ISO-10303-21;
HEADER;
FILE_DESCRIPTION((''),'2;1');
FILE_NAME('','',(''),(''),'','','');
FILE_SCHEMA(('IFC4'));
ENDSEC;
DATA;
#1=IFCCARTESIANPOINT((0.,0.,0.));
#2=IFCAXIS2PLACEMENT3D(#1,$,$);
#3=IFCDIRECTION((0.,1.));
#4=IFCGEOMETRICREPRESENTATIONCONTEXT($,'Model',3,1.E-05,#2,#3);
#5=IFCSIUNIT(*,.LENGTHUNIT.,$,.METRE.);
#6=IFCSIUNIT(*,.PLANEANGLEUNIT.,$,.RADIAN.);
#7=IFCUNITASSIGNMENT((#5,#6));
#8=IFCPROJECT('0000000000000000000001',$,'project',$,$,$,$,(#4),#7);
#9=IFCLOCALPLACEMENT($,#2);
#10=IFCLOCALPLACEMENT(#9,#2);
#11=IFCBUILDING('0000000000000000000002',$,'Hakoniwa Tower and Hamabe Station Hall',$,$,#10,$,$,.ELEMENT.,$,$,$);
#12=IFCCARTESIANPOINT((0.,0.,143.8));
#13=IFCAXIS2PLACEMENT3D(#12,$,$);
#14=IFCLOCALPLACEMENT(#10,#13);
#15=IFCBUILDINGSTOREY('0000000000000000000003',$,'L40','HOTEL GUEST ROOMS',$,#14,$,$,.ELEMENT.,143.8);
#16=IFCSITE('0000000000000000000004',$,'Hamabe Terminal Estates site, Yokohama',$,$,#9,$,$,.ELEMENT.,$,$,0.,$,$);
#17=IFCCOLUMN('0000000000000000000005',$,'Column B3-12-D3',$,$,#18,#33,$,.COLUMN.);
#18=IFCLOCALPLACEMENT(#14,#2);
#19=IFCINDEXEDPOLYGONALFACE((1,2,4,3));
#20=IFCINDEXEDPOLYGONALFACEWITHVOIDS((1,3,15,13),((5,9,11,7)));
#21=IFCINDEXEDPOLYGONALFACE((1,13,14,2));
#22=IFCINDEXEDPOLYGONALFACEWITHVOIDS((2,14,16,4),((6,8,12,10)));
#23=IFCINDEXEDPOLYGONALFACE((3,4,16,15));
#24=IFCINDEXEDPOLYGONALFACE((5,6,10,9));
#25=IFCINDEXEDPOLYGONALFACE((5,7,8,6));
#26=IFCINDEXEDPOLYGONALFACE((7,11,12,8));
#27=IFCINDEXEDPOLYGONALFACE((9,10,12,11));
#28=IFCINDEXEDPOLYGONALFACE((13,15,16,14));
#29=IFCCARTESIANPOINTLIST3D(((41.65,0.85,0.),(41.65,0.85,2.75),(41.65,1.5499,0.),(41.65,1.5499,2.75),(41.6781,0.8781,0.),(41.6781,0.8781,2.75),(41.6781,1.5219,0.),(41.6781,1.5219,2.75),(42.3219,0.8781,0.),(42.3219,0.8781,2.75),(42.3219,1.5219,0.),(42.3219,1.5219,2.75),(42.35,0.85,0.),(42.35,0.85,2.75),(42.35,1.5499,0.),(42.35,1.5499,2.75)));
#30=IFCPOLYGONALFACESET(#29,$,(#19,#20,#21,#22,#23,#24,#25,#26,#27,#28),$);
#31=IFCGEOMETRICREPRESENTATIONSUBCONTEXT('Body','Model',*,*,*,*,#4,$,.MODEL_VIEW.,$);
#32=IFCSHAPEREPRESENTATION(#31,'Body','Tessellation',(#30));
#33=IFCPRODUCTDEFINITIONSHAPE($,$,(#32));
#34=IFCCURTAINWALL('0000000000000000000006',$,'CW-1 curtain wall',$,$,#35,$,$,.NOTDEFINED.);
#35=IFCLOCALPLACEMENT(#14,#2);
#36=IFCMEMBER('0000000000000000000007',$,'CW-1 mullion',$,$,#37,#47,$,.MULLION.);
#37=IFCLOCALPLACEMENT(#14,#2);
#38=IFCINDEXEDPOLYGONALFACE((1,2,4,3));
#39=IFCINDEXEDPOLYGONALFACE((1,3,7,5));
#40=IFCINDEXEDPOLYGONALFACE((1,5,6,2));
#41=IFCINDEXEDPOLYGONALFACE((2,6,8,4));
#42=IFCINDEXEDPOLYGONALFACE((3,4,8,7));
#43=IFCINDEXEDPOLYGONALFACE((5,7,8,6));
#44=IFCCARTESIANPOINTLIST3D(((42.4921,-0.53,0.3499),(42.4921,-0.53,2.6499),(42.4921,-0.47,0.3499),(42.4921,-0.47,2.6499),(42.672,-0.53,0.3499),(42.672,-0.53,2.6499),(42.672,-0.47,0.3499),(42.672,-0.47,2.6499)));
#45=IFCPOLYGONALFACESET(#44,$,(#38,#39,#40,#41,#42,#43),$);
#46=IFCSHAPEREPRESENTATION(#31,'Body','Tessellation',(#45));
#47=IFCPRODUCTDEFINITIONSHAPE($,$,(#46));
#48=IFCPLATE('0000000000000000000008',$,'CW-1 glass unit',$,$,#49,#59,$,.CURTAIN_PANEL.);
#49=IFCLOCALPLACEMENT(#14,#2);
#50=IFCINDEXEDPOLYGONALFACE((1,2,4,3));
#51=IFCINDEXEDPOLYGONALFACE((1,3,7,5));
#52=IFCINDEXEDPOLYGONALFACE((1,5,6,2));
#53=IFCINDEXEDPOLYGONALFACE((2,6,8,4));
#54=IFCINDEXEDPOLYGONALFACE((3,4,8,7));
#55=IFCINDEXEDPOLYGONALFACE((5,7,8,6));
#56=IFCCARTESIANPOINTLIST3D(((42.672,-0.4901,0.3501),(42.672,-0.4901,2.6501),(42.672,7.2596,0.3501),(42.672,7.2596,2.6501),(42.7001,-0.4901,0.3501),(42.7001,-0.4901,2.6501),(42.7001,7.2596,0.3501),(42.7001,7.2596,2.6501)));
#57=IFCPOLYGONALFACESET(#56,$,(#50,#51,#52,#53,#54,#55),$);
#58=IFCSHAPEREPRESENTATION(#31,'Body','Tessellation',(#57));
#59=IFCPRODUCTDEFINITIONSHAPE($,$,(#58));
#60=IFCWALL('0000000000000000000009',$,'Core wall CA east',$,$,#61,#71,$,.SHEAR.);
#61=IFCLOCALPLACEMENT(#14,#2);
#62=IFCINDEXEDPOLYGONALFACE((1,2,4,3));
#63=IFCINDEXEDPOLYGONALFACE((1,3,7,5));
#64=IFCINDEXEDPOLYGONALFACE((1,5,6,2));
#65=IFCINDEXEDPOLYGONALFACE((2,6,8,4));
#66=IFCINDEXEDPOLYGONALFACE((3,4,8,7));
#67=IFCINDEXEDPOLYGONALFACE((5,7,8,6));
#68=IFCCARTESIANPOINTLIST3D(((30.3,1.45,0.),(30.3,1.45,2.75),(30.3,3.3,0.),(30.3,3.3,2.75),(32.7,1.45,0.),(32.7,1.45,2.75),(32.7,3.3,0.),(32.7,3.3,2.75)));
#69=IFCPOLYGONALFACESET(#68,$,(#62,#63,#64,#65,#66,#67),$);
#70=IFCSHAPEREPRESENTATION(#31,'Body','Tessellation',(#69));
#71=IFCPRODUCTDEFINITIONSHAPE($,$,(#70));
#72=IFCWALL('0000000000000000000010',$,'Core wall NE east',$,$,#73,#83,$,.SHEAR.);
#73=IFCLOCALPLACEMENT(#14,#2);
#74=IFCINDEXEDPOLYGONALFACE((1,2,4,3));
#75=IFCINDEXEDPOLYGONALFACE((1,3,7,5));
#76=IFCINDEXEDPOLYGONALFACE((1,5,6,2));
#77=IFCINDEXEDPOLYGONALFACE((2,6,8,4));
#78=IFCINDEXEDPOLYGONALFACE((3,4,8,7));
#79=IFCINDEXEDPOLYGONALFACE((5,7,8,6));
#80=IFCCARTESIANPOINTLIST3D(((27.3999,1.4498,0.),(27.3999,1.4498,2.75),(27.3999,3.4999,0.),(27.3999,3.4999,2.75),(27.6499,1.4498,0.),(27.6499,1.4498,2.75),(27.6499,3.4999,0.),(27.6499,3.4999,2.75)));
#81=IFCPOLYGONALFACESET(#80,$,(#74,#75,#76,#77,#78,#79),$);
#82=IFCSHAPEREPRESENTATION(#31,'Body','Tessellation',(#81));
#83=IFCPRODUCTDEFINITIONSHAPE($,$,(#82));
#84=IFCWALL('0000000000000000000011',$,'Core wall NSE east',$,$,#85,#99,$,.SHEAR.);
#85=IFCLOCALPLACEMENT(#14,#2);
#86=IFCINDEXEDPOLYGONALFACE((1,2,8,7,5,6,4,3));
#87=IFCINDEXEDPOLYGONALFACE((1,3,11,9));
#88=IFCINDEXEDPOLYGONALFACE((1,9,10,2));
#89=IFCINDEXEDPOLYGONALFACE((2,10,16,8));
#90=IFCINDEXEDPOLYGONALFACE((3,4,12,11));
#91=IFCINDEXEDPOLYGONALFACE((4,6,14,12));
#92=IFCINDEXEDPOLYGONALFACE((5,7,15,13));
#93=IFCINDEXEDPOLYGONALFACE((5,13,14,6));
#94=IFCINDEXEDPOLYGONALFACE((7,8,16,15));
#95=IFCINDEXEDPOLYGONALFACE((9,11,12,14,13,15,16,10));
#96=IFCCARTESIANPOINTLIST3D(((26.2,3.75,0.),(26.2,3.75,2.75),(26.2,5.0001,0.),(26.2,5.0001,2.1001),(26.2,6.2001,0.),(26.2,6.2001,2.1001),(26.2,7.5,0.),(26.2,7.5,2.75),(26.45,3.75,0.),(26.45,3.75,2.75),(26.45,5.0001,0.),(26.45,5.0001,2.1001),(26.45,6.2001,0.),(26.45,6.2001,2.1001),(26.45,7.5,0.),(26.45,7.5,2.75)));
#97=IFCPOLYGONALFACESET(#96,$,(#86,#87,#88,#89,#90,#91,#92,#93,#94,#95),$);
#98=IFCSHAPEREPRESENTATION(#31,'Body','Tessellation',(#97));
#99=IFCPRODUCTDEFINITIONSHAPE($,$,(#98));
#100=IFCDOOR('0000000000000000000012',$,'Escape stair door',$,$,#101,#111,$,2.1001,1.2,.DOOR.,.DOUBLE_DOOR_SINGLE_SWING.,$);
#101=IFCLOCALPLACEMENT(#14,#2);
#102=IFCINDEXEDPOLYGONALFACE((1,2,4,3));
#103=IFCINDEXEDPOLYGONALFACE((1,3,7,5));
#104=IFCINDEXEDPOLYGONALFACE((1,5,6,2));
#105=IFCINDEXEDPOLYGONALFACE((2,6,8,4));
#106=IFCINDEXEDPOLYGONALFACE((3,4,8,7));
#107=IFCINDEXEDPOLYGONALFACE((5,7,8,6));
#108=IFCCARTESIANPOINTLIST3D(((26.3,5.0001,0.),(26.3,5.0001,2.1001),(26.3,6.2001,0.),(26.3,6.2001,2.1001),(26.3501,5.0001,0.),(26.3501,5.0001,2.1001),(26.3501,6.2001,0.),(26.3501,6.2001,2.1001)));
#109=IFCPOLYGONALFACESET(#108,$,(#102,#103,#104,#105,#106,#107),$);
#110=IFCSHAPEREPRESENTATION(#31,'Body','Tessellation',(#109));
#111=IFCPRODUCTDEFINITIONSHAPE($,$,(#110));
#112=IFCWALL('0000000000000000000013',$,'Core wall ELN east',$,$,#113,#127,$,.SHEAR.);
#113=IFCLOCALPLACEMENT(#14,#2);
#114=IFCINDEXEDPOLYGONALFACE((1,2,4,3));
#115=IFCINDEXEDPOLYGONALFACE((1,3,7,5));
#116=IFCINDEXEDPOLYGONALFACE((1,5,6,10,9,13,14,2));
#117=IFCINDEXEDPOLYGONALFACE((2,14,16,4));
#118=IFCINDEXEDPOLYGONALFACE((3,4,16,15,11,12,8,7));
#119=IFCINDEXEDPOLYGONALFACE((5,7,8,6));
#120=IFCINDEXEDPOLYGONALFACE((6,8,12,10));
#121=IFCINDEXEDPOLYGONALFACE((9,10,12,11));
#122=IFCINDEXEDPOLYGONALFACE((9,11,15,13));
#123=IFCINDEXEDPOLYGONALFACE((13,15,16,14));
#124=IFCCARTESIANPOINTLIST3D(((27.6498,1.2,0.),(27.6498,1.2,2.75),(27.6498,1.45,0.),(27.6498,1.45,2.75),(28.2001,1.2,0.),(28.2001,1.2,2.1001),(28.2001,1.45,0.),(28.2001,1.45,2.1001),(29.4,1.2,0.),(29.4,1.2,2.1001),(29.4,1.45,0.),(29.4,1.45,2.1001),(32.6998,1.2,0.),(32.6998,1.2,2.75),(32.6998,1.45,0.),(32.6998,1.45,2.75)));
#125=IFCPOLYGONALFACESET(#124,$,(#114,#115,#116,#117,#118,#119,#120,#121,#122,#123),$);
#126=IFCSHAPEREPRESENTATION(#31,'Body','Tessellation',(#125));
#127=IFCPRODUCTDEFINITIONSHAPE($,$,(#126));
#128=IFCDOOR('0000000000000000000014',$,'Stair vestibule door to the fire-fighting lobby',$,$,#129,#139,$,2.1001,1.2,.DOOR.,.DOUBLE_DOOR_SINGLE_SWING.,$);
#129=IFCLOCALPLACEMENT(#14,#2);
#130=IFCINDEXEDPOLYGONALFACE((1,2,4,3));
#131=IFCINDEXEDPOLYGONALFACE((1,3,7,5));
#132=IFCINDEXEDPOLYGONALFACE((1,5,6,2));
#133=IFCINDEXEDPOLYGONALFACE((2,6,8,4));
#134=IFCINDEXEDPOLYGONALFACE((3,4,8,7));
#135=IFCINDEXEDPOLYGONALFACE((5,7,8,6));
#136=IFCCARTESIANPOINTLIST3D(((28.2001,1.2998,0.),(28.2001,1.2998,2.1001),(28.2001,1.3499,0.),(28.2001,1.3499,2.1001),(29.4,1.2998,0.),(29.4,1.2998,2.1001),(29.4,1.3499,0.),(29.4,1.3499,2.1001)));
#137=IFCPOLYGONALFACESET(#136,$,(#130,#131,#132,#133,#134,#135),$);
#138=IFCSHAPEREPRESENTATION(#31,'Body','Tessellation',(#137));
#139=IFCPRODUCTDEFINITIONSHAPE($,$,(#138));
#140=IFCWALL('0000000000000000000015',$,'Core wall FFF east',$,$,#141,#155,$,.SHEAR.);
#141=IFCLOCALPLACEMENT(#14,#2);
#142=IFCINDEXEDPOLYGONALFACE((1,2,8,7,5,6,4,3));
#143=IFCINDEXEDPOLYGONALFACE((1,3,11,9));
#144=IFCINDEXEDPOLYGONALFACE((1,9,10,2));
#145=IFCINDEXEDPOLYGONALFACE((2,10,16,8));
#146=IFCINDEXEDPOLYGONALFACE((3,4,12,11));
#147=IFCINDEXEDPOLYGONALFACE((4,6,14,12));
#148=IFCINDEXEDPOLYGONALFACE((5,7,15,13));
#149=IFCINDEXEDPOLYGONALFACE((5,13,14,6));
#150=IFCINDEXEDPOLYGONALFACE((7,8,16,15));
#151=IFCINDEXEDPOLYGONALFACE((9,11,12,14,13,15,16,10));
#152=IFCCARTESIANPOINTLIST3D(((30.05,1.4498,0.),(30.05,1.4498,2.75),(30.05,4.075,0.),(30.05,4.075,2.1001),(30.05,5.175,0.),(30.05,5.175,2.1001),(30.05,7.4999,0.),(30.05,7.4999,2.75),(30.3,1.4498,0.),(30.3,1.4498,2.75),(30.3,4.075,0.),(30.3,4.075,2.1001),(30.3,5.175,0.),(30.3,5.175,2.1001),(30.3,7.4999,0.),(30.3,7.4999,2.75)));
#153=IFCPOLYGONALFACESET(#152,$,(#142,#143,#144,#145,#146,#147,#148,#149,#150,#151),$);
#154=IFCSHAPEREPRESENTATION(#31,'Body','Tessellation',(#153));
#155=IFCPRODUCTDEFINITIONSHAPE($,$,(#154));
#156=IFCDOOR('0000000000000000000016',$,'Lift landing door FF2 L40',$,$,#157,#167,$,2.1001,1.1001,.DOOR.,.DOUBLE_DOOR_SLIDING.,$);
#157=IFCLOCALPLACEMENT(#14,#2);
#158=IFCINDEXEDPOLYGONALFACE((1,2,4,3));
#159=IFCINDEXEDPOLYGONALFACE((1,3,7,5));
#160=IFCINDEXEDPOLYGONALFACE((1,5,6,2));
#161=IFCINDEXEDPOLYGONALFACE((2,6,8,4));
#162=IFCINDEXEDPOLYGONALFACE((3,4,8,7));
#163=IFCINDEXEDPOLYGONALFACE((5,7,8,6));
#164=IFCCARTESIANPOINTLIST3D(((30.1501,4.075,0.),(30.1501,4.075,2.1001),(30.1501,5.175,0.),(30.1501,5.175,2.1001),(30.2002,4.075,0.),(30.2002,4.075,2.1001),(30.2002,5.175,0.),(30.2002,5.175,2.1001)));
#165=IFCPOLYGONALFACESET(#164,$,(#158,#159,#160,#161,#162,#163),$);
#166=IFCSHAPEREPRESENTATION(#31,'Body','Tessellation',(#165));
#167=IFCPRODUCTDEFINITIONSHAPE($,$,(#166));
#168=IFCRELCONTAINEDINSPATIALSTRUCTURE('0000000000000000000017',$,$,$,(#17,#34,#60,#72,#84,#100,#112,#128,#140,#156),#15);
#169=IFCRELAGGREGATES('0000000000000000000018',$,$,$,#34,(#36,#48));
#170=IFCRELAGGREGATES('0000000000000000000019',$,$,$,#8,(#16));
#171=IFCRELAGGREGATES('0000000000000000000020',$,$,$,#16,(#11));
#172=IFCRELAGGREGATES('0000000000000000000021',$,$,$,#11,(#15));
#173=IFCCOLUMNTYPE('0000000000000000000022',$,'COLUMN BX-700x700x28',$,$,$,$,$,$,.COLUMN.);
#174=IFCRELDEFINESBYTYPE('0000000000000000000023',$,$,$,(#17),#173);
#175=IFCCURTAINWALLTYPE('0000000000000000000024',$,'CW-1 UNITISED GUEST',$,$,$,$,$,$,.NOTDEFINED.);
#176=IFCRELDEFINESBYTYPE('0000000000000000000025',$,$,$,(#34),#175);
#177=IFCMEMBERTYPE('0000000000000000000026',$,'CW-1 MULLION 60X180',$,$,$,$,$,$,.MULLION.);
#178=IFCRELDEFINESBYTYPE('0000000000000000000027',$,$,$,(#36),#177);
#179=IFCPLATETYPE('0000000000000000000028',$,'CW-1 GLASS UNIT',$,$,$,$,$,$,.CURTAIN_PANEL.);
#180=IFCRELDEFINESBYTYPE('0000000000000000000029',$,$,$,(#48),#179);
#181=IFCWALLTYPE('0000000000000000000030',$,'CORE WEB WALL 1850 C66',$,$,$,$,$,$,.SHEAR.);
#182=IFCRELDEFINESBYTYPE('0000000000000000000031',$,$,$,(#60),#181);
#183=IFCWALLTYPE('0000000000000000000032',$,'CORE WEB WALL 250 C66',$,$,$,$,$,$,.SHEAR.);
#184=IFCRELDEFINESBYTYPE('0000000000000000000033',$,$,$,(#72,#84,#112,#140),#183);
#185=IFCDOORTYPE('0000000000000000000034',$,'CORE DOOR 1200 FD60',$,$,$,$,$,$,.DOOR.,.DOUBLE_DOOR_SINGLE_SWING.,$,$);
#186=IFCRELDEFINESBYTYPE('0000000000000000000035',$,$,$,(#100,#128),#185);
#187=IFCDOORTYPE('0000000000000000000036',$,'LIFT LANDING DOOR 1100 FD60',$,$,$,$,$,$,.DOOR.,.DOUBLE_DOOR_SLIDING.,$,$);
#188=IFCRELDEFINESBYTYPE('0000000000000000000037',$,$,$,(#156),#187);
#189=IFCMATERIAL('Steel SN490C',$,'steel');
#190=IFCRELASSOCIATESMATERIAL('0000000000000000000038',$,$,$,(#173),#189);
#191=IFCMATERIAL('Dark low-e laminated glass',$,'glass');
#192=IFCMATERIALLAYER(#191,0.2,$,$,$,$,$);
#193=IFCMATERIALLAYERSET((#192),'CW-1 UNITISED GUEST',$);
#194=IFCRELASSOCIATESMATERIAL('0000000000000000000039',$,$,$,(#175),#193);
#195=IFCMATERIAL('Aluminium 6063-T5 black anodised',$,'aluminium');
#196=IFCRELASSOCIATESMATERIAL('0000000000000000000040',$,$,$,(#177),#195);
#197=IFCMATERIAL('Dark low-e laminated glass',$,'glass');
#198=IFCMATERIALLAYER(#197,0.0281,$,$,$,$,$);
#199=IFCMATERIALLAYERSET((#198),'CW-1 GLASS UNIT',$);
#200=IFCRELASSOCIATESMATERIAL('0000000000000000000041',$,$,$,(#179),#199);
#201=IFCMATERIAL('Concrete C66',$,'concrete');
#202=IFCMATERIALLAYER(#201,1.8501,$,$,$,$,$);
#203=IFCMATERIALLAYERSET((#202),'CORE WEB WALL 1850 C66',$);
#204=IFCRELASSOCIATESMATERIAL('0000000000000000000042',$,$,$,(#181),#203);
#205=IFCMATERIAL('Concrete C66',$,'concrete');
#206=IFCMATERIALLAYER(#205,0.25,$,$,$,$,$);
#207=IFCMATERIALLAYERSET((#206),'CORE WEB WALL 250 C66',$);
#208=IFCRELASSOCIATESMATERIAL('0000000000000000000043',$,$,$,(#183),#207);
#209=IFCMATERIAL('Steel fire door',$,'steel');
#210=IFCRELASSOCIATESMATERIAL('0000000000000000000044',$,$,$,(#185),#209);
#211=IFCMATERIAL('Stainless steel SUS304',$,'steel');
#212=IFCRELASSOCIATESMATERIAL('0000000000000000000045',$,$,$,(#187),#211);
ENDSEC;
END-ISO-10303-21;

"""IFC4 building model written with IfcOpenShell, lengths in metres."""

from ifc_helpers import new_model, si_unit, direction, frame, frame_2d, origin, origin_2d, place, context, subcontext, project, spatial, rectangle, hollow_rectangle, extrude, material, layer, layer_set, material_profile, profile_set, type_object, element, fill, aggregate, save


model = new_model("IFC4")

# Units and contexts
model_context = context("Model", 3, precision=1e-05, world=origin(), true_north=direction((0.0, 1.0)))
body_context = subcontext(model_context, "Body", "Model", "MODEL_VIEW")
ifc_project = project(units=[si_unit("LENGTHUNIT", "METRE"), si_unit("PLANEANGLEUNIT", "RADIAN")], contexts=[model_context])

# Site, building, storey
site_placement = place(None, origin())
site = spatial("IfcSite", under=ifc_project, at=site_placement, Name="Hamabe Terminal Estates site, Yokohama", CompositionType="ELEMENT", RefElevation=0.0)
building_placement = place(site_placement, origin())
building = spatial("IfcBuilding", under=site, at=building_placement, Name="Hakoniwa Tower and Hamabe Station Hall", CompositionType="ELEMENT")
storey_placement = place(building_placement, frame((0.0, 0.0, 143.8)))
storey = spatial("IfcBuildingStorey", under=building, at=storey_placement, Name="L40", Description="HOTEL GUEST ROOMS", CompositionType="ELEMENT", Elevation=143.8)

# Column
ifc_material_1 = material(Name="Steel SN490C", Category="steel")
ifc_material_profile_1 = material_profile(ifc_material_1, hollow_rectangle(XDim=0.7, YDim=0.7, WallThickness=0.0281, at=origin_2d()), Name="BX-700x700x28")
ifc_profile_set_1 = profile_set([ifc_material_profile_1], Name="Steel SN490C")
column_type = type_object("IfcColumnType", Name="COLUMN BX-700x700x28", PredefinedType="COLUMN", material=ifc_profile_set_1)
column_placement = place(storey_placement, frame((42.0, 1.2, 0.0), z_axis=(0.0, 0.0, 1.0), x_axis=(1.0, 0.0, 0.0)))
element("IfcColumn", 1, at=column_placement, inside=storey, type_object=column_type, Name="Column B3-12-D3", PredefinedType="COLUMN", context=body_context, shape_type="SweptSolid", body=[
    extrude(hollow_rectangle(XDim=0.7, YDim=0.7, WallThickness=0.0281, at=origin_2d()), origin(), (0.0, 0.0, 1.0), 2.75),
])

# Curtain wall, member, plate
ifc_material_2 = material(Name="Dark low-e laminated glass", Category="glass")
ifc_layer_1 = layer(ifc_material_2, 0.2)
ifc_layer_set_1 = layer_set([ifc_layer_1], Name="CW-1 UNITISED GUEST")
curtain_wall_type = type_object("IfcCurtainWallType", Name="CW-1 UNITISED GUEST", PredefinedType="NOTDEFINED", material=ifc_layer_set_1)
curtain_wall_placement = place(storey_placement, origin())
curtain_wall = element("IfcCurtainWall", 2, at=curtain_wall_placement, inside=storey, type_object=curtain_wall_type, Name="CW-1 curtain wall", PredefinedType="NOTDEFINED")
ifc_material_3 = material(Name="Aluminium 6063-T5 black anodised", Category="aluminium")
ifc_material_profile_2 = material_profile(ifc_material_3, rectangle(XDim=0.0601, YDim=0.1799, at=origin_2d()), Name="CW-1 MULLION 60X180")
ifc_profile_set_2 = profile_set([ifc_material_profile_2], Name="Aluminium 6063-T5 black anodised")
member_type = type_object("IfcMemberType", Name="CW-1 MULLION 60X180", PredefinedType="MULLION", material=ifc_profile_set_2)
member_placement = place(storey_placement, frame((42.582, -0.5, 0.3499), z_axis=(0.0, 0.0, 1.0), x_axis=(0.0, 1.0, 0.0)))
member = element("IfcMember", 3, at=member_placement, type_object=member_type, Name="CW-1 mullion", PredefinedType="MULLION", context=body_context, shape_type="SweptSolid", body=[
    extrude(rectangle(XDim=0.0601, YDim=0.1799, at=origin_2d()), origin(), (0.0, 0.0, 1.0), 2.3),
])
ifc_material_4 = material(Name="Dark low-e laminated glass", Category="glass")
ifc_layer_2 = layer(ifc_material_4, 0.0281)
ifc_layer_set_2 = layer_set([ifc_layer_2], Name="CW-1 GLASS UNIT")
plate_type = type_object("IfcPlateType", Name="CW-1 GLASS UNIT", PredefinedType="CURTAIN_PANEL", material=ifc_layer_set_2)
plate_placement = place(storey_placement, frame((42.686, 3.3848, 0.3501), z_axis=(0.0, 0.0, 1.0), x_axis=(0.0, 1.0, 0.0)))
plate = element("IfcPlate", 4, at=plate_placement, type_object=plate_type, Name="CW-1 glass unit", PredefinedType="CURTAIN_PANEL", context=body_context, shape_type="SweptSolid", body=[
    extrude(rectangle(XDim=7.7498, YDim=0.0281, at=origin_2d()), origin(), (0.0, 0.0, 1.0), 2.3),
])
aggregate(curtain_wall, [member, plate])

# Walls
ifc_material_5 = material(Name="Concrete C66", Category="concrete")
ifc_layer_3 = layer(ifc_material_5, 1.8501)
ifc_layer_set_3 = layer_set([ifc_layer_3], Name="CORE WEB WALL 1850 C66")
wall_type_1 = type_object("IfcWallType", Name="CORE WEB WALL 1850 C66", PredefinedType="SHEAR", material=ifc_layer_set_3)
wall_1_placement = place(storey_placement, frame((30.3, 2.375, 0.0), z_axis=(0.0, 0.0, 1.0), x_axis=(1.0, 0.0, 0.0)))
element("IfcWall", 5, at=wall_1_placement, inside=storey, type_object=wall_type_1, Name="Core wall CA east", PredefinedType="SHEAR", context=body_context, shape_type="SweptSolid", body=[
    extrude(rectangle(XDim=2.3999, YDim=1.8501, at=frame_2d((1.2, 0.0))), origin(), (0.0, 0.0, 1.0), 2.75),
])
ifc_material_6 = material(Name="Concrete C66", Category="concrete")
ifc_layer_4 = layer(ifc_material_6, 0.25)
ifc_layer_set_4 = layer_set([ifc_layer_4], Name="CORE WEB WALL 250 C66")
wall_type_2 = type_object("IfcWallType", Name="CORE WEB WALL 250 C66", PredefinedType="SHEAR", material=ifc_layer_set_4)
wall_2_placement = place(storey_placement, frame((27.5249, 1.45, 0.0), z_axis=(0.0, 0.0, 1.0), x_axis=(0.0, 1.0, 0.0)))
element("IfcWall", 6, at=wall_2_placement, inside=storey, type_object=wall_type_2, Name="Core wall NE east", PredefinedType="SHEAR", context=body_context, shape_type="SweptSolid", body=[
    extrude(rectangle(XDim=2.05, YDim=0.25, at=frame_2d((1.0249, 0.0))), origin(), (0.0, 0.0, 1.0), 2.75),
])

# Walls, openings, doors
wall_3_placement = place(storey_placement, frame((26.325, 3.75, 0.0), z_axis=(0.0, 0.0, 1.0), x_axis=(0.0, 1.0, 0.0)))
wall_3 = element("IfcWall", 7, at=wall_3_placement, inside=storey, type_object=wall_type_2, Name="Core wall NSE east", PredefinedType="SHEAR", context=body_context, shape_type="SweptSolid", body=[
    extrude(rectangle(XDim=3.75, YDim=0.25, at=frame_2d((1.875, 0.0))), origin(), (0.0, 0.0, 1.0), 2.75),
])
opening_1_placement = place(wall_3_placement, frame((1.25, 0.0, 0.0)))
opening_1 = element("IfcOpeningElement", 8, at=opening_1_placement, cuts=wall_3, PredefinedType="OPENING", context=body_context, shape_type="SweptSolid", body=[
    extrude(rectangle(XDim=1.2, YDim=2.1001, at=frame_2d((0.6001, 1.05))), frame((0.0, 0.135, 0.0), z_axis=(0.0, -1.0, 0.0), x_axis=(1.0, 0.0, 0.0)), (0.0, 0.0, 1.0), 0.27),
])
ifc_material_7 = material(Name="Steel fire door", Category="steel")
door_type_1 = type_object("IfcDoorType", Name="CORE DOOR 1200 FD60", OperationType="DOUBLE_DOOR_SINGLE_SWING", PredefinedType="DOOR", material=ifc_material_7)
door_1_placement = place(opening_1_placement, origin())
door_1 = element("IfcDoor", 9, at=door_1_placement, inside=storey, type_object=door_type_1, Name="Escape stair door", OperationType="DOUBLE_DOOR_SINGLE_SWING", OverallHeight=2.1001, OverallWidth=1.2, PredefinedType="DOOR", context=body_context, shape_type="SweptSolid", body=[
    extrude(rectangle(XDim=1.2, YDim=2.1001, at=frame_2d((0.6001, 1.05))), frame((0.0, 0.0249, 0.0), z_axis=(0.0, -1.0, 0.0), x_axis=(1.0, 0.0, 0.0)), (0.0, 0.0, 1.0), 0.05),
])
fill(opening_1, door_1)
wall_4_placement = place(storey_placement, frame((27.6499, 1.325, 0.0), z_axis=(0.0, 0.0, 1.0), x_axis=(1.0, 0.0, 0.0)))
wall_4 = element("IfcWall", 10, at=wall_4_placement, inside=storey, type_object=wall_type_2, Name="Core wall ELN east", PredefinedType="SHEAR", context=body_context, shape_type="SweptSolid", body=[
    extrude(rectangle(XDim=5.05, YDim=0.25, at=frame_2d((2.5249, 0.0))), origin(), (0.0, 0.0, 1.0), 2.75),
])
opening_2_placement = place(wall_4_placement, frame((0.55, 0.0, 0.0)))
opening_2 = element("IfcOpeningElement", 11, at=opening_2_placement, cuts=wall_4, PredefinedType="OPENING", context=body_context, shape_type="SweptSolid", body=[
    extrude(rectangle(XDim=1.2, YDim=2.1001, at=frame_2d((0.6001, 1.05))), frame((0.0, 0.135, 0.0), z_axis=(0.0, -1.0, 0.0), x_axis=(1.0, 0.0, 0.0)), (0.0, 0.0, 1.0), 0.27),
])
door_2_placement = place(opening_2_placement, origin())
door_2 = element("IfcDoor", 12, at=door_2_placement, inside=storey, type_object=door_type_1, Name="Stair vestibule door to the fire-fighting lobby", OperationType="DOUBLE_DOOR_SINGLE_SWING", OverallHeight=2.1001, OverallWidth=1.2, PredefinedType="DOOR", context=body_context, shape_type="SweptSolid", body=[
    extrude(rectangle(XDim=1.2, YDim=2.1001, at=frame_2d((0.6001, 1.05))), frame((0.0, 0.0249, 0.0), z_axis=(0.0, -1.0, 0.0), x_axis=(1.0, 0.0, 0.0)), (0.0, 0.0, 1.0), 0.05),
])
fill(opening_2, door_2)
wall_5_placement = place(storey_placement, frame((30.175, 1.45, 0.0), z_axis=(0.0, 0.0, 1.0), x_axis=(0.0, 1.0, 0.0)))
wall_5 = element("IfcWall", 13, at=wall_5_placement, inside=storey, type_object=wall_type_2, Name="Core wall FFF east", PredefinedType="SHEAR", context=body_context, shape_type="SweptSolid", body=[
    extrude(rectangle(XDim=6.05, YDim=0.25, at=frame_2d((3.0249, 0.0))), origin(), (0.0, 0.0, 1.0), 2.75),
])
opening_3_placement = place(wall_5_placement, frame((2.625, 0.0, 0.0)))
opening_3 = element("IfcOpeningElement", 14, at=opening_3_placement, cuts=wall_5, PredefinedType="OPENING", context=body_context, shape_type="SweptSolid", body=[
    extrude(rectangle(XDim=1.1001, YDim=2.1001, at=frame_2d((0.55, 1.05))), frame((0.0, 0.135, 0.0), z_axis=(0.0, -1.0, 0.0), x_axis=(1.0, 0.0, 0.0)), (0.0, 0.0, 1.0), 0.27),
])
ifc_material_8 = material(Name="Stainless steel SUS304", Category="steel")
door_type_2 = type_object("IfcDoorType", Name="LIFT LANDING DOOR 1100 FD60", OperationType="DOUBLE_DOOR_SLIDING", PredefinedType="DOOR", material=ifc_material_8)
door_3_placement = place(opening_3_placement, origin())
door_3 = element("IfcDoor", 15, at=door_3_placement, inside=storey, type_object=door_type_2, Name="Lift landing door FF2 L40", OperationType="DOUBLE_DOOR_SLIDING", OverallHeight=2.1001, OverallWidth=1.1001, PredefinedType="DOOR", context=body_context, shape_type="SweptSolid", body=[
    extrude(rectangle(XDim=1.1001, YDim=2.1001, at=frame_2d((0.55, 1.05))), frame((0.0, 0.0249, 0.0), z_axis=(0.0, -1.0, 0.0), x_axis=(1.0, 0.0, 0.0)), (0.0, 0.0, 1.0), 0.05),
])
fill(opening_3, door_3)

save(model, "model.ifc")
